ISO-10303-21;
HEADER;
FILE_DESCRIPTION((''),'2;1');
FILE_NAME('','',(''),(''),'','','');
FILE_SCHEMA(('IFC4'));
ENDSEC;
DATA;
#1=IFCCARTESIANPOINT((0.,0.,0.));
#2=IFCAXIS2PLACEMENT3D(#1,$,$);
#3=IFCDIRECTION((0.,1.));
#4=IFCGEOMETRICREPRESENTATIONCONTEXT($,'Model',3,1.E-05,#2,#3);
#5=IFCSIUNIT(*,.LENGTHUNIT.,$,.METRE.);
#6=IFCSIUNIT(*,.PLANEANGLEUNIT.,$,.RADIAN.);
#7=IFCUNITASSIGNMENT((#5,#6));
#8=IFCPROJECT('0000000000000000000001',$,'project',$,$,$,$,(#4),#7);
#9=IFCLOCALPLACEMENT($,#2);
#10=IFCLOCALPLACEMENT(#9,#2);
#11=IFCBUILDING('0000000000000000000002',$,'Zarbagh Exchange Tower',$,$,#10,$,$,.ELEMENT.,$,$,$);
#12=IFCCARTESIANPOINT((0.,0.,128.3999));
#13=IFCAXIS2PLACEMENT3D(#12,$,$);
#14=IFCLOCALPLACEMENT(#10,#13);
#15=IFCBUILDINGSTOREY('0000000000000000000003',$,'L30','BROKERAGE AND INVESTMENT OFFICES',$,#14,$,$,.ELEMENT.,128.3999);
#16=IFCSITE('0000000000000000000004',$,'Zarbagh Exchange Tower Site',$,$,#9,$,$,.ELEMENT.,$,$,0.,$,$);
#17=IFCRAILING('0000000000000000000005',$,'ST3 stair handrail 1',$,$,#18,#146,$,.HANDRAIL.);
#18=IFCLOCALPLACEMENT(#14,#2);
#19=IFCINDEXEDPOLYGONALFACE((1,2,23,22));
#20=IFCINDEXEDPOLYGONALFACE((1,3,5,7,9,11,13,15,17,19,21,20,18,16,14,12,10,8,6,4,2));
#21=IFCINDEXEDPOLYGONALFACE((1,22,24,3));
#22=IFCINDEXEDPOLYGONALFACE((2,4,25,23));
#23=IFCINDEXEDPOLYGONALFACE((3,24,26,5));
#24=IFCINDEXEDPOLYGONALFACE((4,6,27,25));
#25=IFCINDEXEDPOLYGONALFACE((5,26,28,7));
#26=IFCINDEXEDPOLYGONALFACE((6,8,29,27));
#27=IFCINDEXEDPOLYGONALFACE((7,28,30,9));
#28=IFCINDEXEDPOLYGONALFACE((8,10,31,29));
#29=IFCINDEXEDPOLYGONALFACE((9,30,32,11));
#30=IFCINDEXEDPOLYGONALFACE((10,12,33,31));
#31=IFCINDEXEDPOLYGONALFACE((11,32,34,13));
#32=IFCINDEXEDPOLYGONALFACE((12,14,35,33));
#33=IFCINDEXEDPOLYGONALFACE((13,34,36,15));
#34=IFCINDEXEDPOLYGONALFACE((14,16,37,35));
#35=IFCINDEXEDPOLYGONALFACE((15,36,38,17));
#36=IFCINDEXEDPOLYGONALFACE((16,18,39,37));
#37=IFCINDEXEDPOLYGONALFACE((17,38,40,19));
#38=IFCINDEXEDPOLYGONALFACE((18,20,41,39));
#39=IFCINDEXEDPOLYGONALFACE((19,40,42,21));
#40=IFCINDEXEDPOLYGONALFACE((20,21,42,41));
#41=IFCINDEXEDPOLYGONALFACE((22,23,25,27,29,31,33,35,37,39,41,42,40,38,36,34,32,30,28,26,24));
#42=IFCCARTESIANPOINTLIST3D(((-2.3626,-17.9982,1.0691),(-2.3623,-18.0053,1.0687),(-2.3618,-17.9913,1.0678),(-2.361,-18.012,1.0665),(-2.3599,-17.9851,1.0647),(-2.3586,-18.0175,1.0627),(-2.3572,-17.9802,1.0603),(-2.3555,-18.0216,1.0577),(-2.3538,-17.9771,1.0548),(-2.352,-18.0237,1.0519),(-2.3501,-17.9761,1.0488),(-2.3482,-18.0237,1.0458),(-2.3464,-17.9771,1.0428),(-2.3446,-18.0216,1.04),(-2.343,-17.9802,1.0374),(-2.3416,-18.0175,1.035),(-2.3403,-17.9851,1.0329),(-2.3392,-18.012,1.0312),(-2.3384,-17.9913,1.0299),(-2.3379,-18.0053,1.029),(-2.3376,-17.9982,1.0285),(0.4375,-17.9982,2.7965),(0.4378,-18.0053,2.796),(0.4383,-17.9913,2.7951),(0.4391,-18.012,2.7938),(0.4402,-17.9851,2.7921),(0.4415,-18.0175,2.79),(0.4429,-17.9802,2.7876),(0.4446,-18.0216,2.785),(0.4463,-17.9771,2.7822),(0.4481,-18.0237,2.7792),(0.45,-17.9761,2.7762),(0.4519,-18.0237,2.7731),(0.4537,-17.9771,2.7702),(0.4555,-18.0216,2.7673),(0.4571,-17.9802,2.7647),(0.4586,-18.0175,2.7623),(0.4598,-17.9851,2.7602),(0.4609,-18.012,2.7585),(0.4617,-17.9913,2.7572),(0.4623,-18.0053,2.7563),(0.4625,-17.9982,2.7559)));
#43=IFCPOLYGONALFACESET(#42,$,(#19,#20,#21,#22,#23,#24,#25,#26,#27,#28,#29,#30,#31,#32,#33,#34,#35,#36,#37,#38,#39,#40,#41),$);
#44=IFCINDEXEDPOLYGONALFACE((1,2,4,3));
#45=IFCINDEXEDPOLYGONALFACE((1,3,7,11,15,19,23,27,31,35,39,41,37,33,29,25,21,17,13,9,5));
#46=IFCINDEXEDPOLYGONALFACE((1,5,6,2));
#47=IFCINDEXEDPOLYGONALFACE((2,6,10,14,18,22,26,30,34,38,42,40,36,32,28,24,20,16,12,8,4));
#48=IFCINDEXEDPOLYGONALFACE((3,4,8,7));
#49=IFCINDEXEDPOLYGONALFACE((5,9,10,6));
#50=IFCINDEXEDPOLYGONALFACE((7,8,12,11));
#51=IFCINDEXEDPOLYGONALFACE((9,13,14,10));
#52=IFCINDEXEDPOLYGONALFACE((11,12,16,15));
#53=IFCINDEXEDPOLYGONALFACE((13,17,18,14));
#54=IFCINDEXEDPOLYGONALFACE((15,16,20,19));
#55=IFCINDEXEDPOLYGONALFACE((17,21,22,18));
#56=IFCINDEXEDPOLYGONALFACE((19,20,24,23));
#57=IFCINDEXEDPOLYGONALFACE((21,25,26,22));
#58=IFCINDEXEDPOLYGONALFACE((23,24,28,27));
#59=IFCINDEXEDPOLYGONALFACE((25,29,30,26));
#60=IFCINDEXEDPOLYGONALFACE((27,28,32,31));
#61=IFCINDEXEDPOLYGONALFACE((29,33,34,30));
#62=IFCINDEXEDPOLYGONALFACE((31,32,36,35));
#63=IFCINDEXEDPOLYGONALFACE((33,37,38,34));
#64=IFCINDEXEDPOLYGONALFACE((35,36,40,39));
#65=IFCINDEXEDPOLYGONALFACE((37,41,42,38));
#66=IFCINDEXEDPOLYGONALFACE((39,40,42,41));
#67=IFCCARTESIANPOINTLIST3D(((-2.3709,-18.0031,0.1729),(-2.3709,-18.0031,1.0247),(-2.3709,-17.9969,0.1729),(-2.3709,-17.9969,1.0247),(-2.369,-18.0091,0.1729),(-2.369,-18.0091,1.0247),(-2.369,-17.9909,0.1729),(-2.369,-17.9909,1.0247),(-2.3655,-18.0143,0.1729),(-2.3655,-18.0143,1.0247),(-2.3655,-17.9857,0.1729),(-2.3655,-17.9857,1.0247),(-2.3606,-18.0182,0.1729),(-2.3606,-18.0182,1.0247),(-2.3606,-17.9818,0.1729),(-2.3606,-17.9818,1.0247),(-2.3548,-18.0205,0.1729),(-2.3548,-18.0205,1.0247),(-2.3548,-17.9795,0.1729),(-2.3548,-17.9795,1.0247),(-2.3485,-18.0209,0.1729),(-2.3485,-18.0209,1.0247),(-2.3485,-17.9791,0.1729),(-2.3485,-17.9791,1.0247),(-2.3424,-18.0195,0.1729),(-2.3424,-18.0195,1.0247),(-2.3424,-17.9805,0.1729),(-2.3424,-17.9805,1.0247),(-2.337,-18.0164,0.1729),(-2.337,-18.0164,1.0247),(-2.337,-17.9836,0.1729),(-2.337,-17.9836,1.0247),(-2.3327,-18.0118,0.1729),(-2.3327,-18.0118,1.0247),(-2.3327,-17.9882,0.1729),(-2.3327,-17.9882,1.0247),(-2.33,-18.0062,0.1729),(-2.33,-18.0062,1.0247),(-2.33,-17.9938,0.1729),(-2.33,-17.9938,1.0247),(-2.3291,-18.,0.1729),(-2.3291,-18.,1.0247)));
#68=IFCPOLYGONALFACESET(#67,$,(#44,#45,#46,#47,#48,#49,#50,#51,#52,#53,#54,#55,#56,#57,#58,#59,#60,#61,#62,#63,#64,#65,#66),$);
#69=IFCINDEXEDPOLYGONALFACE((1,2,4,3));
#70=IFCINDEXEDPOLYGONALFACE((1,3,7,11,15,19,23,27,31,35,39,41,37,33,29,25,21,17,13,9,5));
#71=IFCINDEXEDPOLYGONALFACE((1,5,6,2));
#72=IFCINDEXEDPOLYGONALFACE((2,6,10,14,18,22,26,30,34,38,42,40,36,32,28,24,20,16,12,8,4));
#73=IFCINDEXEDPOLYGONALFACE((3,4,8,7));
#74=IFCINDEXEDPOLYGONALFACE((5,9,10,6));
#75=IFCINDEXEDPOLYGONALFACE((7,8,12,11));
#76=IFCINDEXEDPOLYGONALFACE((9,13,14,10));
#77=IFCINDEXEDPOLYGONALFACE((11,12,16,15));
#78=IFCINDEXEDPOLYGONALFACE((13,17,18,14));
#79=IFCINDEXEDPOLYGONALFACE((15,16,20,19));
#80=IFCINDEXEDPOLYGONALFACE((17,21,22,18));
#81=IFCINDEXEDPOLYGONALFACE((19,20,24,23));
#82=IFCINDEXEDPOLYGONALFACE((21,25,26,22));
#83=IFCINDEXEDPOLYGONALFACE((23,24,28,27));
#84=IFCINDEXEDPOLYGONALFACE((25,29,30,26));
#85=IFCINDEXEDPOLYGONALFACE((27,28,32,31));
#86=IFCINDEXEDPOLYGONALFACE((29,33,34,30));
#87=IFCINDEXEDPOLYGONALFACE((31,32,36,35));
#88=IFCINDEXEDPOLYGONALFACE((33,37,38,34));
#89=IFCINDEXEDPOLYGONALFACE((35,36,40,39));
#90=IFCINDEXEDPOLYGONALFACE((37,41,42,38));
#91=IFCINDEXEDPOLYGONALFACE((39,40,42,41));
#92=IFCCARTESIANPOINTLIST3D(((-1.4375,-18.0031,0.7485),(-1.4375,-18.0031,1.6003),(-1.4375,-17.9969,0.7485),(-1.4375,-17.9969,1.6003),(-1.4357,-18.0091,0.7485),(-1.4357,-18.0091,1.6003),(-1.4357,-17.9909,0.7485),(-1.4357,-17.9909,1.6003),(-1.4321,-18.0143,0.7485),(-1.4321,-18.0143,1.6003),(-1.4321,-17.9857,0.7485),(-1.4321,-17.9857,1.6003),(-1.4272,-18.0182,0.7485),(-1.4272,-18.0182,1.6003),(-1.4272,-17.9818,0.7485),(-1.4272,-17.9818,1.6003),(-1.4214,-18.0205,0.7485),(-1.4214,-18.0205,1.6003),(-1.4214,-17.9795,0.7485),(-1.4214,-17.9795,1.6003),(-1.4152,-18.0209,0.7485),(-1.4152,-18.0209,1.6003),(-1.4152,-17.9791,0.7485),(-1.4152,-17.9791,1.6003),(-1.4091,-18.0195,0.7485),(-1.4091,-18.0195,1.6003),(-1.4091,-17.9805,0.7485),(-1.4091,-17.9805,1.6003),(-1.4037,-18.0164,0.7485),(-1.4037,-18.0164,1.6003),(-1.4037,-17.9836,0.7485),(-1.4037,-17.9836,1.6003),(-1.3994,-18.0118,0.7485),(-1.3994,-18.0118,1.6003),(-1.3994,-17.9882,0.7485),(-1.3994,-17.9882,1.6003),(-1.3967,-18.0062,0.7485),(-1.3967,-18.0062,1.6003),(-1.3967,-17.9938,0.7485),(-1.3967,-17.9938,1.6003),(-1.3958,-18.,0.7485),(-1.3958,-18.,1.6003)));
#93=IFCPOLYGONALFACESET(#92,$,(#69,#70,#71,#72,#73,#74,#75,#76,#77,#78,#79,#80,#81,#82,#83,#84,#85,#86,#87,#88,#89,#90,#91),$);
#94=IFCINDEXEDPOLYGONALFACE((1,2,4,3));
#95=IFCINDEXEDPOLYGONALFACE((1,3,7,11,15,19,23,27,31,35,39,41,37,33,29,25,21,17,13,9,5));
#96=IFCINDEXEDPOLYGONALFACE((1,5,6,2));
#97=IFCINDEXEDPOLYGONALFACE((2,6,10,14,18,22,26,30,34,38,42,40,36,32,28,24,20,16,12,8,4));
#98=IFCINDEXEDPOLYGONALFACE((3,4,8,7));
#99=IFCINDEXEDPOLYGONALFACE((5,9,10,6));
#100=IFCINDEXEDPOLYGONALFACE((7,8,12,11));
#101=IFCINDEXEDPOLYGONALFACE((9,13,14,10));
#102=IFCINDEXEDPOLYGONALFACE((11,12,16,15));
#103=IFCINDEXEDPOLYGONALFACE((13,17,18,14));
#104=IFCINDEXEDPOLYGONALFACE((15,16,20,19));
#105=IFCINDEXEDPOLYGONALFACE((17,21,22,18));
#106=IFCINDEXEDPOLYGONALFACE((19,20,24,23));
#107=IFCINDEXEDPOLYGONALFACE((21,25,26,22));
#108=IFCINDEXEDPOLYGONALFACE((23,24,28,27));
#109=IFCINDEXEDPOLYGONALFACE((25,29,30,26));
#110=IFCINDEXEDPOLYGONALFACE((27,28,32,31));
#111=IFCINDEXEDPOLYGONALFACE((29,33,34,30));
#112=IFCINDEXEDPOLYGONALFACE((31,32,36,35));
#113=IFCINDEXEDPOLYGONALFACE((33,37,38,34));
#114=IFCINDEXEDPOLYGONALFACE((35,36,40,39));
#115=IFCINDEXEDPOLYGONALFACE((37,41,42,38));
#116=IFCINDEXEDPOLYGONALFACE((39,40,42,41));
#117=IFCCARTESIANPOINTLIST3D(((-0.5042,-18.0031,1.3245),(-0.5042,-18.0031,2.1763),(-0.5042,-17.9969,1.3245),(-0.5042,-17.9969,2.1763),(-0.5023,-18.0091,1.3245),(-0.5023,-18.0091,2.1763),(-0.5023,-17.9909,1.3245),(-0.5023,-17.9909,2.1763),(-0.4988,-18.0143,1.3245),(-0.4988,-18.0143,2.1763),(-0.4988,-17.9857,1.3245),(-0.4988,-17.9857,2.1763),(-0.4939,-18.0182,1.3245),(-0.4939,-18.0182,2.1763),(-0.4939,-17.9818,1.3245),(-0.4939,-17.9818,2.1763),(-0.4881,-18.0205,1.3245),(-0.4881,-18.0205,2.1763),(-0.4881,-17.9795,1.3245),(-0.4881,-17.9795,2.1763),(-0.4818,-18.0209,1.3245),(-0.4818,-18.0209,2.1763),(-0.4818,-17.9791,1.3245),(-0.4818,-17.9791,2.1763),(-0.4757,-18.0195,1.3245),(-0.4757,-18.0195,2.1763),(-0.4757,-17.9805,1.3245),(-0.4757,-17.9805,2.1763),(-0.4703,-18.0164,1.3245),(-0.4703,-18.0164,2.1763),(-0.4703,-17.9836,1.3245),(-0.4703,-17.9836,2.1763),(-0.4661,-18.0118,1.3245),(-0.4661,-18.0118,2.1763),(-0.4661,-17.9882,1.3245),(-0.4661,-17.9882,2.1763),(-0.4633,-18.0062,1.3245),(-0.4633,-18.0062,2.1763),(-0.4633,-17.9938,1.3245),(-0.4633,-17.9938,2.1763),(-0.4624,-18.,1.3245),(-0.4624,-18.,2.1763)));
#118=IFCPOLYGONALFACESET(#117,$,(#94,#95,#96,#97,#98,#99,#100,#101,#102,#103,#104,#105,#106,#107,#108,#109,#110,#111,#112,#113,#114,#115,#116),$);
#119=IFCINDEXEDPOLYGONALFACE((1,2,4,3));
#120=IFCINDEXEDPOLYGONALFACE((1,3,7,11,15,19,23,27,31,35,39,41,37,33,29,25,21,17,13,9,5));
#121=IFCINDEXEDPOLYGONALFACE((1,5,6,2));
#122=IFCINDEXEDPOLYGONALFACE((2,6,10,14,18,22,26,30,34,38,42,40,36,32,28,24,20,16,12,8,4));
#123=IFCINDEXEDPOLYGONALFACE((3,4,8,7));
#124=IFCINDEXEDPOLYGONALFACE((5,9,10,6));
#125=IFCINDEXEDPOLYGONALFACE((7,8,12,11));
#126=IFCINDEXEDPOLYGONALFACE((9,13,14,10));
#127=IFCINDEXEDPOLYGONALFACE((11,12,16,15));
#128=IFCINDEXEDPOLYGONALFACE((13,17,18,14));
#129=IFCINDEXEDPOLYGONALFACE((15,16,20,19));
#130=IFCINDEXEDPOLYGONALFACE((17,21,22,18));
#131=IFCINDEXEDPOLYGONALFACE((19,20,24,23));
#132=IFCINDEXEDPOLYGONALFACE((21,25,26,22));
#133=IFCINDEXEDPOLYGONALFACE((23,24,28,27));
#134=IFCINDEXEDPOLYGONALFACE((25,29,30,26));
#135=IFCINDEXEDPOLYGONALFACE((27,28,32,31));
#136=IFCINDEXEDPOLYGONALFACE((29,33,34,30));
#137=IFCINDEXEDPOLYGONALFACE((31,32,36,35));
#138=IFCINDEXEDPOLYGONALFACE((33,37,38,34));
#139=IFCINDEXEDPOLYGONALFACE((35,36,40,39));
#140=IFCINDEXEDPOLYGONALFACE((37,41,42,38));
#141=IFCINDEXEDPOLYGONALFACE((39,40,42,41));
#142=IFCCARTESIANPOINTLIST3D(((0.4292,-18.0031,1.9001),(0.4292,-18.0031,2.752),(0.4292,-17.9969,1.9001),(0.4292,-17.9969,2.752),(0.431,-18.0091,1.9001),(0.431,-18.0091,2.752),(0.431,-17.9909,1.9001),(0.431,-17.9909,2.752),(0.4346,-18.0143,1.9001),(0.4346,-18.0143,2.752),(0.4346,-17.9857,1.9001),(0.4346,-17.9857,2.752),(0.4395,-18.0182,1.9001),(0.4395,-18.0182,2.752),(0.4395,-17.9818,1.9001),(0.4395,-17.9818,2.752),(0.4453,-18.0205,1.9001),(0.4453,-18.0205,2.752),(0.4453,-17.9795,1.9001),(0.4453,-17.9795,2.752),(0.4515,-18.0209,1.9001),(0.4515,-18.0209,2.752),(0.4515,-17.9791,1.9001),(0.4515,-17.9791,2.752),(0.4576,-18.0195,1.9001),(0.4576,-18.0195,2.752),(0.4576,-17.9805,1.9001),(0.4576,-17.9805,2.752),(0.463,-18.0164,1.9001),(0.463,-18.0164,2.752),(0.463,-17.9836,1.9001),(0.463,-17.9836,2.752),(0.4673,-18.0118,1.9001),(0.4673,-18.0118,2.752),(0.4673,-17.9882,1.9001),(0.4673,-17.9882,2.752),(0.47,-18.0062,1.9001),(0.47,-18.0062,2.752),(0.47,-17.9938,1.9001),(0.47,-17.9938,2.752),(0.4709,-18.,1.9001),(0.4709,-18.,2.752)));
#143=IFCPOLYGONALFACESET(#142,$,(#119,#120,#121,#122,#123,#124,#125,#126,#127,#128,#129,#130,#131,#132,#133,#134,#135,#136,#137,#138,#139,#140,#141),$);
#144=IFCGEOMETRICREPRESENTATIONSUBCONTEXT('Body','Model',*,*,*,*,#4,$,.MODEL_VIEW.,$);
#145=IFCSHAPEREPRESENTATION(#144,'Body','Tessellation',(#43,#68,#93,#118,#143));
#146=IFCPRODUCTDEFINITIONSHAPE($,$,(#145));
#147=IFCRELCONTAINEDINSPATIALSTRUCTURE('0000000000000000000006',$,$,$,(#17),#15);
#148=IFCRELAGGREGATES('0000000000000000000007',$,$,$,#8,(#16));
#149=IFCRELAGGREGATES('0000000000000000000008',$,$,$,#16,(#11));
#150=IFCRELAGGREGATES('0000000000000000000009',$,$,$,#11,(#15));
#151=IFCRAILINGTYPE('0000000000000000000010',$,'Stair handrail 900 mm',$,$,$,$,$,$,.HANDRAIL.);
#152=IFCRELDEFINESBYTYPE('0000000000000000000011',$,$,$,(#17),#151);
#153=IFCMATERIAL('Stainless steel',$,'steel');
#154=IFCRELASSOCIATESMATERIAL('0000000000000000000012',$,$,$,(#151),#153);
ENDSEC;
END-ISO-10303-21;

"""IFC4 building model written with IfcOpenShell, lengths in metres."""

from ifc_helpers import new_model, si_unit, direction, frame, origin, origin_2d, place, context, subcontext, project, spatial, circle, extrude, material, type_object, element, save


model = new_model("IFC4")

# Units and contexts
model_context = context("Model", 3, precision=1e-05, world=origin(), true_north=direction((0.0, 1.0)))
body_context = subcontext(model_context, "Body", "Model", "MODEL_VIEW")
ifc_project = project(units=[si_unit("LENGTHUNIT", "METRE"), si_unit("PLANEANGLEUNIT", "RADIAN")], contexts=[model_context])

# Site, building, storey
site_placement = place(None, origin())
site = spatial("IfcSite", under=ifc_project, at=site_placement, Name="Zarbagh Exchange Tower Site", CompositionType="ELEMENT", RefElevation=0.0)
building_placement = place(site_placement, origin())
building = spatial("IfcBuilding", under=site, at=building_placement, Name="Zarbagh Exchange Tower", CompositionType="ELEMENT")
storey_placement = place(building_placement, frame((0.0, 0.0, 128.3999)))
storey = spatial("IfcBuildingStorey", under=building, at=storey_placement, Name="L30", Description="BROKERAGE AND INVESTMENT OFFICES", CompositionType="ELEMENT", Elevation=128.3999)

# Railing
ifc_material_1 = material(Name="Stainless steel", Category="steel")
railing_type = type_object("IfcRailingType", Name="Stair handrail 900 mm", PredefinedType="HANDRAIL", material=ifc_material_1)
railing_placement = place(storey_placement, frame((-2.3501, -18.0, 0.1729)))
element("IfcRailing", 1, at=railing_placement, inside=storey, type_object=railing_type, Name="ST3 stair handrail 1", PredefinedType="HANDRAIL", context=body_context, shape_type="SweptSolid", body=[
    extrude(circle(Radius=0.0239, at=origin_2d()), frame((0.0, 0.0, 0.876), z_axis=(0.85109, 0.0, 0.52502), x_axis=(0.0, 1.0, 0.0)), (0.0, 0.0, 1.0), 3.29),
    extrude(circle(Radius=0.021, at=origin_2d()), origin(), (0.0, 0.0, 1.0), 0.8518),
    extrude(circle(Radius=0.021, at=origin_2d()), frame((0.9333, 0.0, 0.5757)), (0.0, 0.0, 1.0), 0.8518),
    extrude(circle(Radius=0.021, at=origin_2d()), frame((1.8667, 0.0, 1.1516)), (0.0, 0.0, 1.0), 0.8518),
    extrude(circle(Radius=0.021, at=origin_2d()), frame((2.8, 0.0, 1.7273)), (0.0, 0.0, 1.0), 0.8518),
])

save(model, "model.ifc")
